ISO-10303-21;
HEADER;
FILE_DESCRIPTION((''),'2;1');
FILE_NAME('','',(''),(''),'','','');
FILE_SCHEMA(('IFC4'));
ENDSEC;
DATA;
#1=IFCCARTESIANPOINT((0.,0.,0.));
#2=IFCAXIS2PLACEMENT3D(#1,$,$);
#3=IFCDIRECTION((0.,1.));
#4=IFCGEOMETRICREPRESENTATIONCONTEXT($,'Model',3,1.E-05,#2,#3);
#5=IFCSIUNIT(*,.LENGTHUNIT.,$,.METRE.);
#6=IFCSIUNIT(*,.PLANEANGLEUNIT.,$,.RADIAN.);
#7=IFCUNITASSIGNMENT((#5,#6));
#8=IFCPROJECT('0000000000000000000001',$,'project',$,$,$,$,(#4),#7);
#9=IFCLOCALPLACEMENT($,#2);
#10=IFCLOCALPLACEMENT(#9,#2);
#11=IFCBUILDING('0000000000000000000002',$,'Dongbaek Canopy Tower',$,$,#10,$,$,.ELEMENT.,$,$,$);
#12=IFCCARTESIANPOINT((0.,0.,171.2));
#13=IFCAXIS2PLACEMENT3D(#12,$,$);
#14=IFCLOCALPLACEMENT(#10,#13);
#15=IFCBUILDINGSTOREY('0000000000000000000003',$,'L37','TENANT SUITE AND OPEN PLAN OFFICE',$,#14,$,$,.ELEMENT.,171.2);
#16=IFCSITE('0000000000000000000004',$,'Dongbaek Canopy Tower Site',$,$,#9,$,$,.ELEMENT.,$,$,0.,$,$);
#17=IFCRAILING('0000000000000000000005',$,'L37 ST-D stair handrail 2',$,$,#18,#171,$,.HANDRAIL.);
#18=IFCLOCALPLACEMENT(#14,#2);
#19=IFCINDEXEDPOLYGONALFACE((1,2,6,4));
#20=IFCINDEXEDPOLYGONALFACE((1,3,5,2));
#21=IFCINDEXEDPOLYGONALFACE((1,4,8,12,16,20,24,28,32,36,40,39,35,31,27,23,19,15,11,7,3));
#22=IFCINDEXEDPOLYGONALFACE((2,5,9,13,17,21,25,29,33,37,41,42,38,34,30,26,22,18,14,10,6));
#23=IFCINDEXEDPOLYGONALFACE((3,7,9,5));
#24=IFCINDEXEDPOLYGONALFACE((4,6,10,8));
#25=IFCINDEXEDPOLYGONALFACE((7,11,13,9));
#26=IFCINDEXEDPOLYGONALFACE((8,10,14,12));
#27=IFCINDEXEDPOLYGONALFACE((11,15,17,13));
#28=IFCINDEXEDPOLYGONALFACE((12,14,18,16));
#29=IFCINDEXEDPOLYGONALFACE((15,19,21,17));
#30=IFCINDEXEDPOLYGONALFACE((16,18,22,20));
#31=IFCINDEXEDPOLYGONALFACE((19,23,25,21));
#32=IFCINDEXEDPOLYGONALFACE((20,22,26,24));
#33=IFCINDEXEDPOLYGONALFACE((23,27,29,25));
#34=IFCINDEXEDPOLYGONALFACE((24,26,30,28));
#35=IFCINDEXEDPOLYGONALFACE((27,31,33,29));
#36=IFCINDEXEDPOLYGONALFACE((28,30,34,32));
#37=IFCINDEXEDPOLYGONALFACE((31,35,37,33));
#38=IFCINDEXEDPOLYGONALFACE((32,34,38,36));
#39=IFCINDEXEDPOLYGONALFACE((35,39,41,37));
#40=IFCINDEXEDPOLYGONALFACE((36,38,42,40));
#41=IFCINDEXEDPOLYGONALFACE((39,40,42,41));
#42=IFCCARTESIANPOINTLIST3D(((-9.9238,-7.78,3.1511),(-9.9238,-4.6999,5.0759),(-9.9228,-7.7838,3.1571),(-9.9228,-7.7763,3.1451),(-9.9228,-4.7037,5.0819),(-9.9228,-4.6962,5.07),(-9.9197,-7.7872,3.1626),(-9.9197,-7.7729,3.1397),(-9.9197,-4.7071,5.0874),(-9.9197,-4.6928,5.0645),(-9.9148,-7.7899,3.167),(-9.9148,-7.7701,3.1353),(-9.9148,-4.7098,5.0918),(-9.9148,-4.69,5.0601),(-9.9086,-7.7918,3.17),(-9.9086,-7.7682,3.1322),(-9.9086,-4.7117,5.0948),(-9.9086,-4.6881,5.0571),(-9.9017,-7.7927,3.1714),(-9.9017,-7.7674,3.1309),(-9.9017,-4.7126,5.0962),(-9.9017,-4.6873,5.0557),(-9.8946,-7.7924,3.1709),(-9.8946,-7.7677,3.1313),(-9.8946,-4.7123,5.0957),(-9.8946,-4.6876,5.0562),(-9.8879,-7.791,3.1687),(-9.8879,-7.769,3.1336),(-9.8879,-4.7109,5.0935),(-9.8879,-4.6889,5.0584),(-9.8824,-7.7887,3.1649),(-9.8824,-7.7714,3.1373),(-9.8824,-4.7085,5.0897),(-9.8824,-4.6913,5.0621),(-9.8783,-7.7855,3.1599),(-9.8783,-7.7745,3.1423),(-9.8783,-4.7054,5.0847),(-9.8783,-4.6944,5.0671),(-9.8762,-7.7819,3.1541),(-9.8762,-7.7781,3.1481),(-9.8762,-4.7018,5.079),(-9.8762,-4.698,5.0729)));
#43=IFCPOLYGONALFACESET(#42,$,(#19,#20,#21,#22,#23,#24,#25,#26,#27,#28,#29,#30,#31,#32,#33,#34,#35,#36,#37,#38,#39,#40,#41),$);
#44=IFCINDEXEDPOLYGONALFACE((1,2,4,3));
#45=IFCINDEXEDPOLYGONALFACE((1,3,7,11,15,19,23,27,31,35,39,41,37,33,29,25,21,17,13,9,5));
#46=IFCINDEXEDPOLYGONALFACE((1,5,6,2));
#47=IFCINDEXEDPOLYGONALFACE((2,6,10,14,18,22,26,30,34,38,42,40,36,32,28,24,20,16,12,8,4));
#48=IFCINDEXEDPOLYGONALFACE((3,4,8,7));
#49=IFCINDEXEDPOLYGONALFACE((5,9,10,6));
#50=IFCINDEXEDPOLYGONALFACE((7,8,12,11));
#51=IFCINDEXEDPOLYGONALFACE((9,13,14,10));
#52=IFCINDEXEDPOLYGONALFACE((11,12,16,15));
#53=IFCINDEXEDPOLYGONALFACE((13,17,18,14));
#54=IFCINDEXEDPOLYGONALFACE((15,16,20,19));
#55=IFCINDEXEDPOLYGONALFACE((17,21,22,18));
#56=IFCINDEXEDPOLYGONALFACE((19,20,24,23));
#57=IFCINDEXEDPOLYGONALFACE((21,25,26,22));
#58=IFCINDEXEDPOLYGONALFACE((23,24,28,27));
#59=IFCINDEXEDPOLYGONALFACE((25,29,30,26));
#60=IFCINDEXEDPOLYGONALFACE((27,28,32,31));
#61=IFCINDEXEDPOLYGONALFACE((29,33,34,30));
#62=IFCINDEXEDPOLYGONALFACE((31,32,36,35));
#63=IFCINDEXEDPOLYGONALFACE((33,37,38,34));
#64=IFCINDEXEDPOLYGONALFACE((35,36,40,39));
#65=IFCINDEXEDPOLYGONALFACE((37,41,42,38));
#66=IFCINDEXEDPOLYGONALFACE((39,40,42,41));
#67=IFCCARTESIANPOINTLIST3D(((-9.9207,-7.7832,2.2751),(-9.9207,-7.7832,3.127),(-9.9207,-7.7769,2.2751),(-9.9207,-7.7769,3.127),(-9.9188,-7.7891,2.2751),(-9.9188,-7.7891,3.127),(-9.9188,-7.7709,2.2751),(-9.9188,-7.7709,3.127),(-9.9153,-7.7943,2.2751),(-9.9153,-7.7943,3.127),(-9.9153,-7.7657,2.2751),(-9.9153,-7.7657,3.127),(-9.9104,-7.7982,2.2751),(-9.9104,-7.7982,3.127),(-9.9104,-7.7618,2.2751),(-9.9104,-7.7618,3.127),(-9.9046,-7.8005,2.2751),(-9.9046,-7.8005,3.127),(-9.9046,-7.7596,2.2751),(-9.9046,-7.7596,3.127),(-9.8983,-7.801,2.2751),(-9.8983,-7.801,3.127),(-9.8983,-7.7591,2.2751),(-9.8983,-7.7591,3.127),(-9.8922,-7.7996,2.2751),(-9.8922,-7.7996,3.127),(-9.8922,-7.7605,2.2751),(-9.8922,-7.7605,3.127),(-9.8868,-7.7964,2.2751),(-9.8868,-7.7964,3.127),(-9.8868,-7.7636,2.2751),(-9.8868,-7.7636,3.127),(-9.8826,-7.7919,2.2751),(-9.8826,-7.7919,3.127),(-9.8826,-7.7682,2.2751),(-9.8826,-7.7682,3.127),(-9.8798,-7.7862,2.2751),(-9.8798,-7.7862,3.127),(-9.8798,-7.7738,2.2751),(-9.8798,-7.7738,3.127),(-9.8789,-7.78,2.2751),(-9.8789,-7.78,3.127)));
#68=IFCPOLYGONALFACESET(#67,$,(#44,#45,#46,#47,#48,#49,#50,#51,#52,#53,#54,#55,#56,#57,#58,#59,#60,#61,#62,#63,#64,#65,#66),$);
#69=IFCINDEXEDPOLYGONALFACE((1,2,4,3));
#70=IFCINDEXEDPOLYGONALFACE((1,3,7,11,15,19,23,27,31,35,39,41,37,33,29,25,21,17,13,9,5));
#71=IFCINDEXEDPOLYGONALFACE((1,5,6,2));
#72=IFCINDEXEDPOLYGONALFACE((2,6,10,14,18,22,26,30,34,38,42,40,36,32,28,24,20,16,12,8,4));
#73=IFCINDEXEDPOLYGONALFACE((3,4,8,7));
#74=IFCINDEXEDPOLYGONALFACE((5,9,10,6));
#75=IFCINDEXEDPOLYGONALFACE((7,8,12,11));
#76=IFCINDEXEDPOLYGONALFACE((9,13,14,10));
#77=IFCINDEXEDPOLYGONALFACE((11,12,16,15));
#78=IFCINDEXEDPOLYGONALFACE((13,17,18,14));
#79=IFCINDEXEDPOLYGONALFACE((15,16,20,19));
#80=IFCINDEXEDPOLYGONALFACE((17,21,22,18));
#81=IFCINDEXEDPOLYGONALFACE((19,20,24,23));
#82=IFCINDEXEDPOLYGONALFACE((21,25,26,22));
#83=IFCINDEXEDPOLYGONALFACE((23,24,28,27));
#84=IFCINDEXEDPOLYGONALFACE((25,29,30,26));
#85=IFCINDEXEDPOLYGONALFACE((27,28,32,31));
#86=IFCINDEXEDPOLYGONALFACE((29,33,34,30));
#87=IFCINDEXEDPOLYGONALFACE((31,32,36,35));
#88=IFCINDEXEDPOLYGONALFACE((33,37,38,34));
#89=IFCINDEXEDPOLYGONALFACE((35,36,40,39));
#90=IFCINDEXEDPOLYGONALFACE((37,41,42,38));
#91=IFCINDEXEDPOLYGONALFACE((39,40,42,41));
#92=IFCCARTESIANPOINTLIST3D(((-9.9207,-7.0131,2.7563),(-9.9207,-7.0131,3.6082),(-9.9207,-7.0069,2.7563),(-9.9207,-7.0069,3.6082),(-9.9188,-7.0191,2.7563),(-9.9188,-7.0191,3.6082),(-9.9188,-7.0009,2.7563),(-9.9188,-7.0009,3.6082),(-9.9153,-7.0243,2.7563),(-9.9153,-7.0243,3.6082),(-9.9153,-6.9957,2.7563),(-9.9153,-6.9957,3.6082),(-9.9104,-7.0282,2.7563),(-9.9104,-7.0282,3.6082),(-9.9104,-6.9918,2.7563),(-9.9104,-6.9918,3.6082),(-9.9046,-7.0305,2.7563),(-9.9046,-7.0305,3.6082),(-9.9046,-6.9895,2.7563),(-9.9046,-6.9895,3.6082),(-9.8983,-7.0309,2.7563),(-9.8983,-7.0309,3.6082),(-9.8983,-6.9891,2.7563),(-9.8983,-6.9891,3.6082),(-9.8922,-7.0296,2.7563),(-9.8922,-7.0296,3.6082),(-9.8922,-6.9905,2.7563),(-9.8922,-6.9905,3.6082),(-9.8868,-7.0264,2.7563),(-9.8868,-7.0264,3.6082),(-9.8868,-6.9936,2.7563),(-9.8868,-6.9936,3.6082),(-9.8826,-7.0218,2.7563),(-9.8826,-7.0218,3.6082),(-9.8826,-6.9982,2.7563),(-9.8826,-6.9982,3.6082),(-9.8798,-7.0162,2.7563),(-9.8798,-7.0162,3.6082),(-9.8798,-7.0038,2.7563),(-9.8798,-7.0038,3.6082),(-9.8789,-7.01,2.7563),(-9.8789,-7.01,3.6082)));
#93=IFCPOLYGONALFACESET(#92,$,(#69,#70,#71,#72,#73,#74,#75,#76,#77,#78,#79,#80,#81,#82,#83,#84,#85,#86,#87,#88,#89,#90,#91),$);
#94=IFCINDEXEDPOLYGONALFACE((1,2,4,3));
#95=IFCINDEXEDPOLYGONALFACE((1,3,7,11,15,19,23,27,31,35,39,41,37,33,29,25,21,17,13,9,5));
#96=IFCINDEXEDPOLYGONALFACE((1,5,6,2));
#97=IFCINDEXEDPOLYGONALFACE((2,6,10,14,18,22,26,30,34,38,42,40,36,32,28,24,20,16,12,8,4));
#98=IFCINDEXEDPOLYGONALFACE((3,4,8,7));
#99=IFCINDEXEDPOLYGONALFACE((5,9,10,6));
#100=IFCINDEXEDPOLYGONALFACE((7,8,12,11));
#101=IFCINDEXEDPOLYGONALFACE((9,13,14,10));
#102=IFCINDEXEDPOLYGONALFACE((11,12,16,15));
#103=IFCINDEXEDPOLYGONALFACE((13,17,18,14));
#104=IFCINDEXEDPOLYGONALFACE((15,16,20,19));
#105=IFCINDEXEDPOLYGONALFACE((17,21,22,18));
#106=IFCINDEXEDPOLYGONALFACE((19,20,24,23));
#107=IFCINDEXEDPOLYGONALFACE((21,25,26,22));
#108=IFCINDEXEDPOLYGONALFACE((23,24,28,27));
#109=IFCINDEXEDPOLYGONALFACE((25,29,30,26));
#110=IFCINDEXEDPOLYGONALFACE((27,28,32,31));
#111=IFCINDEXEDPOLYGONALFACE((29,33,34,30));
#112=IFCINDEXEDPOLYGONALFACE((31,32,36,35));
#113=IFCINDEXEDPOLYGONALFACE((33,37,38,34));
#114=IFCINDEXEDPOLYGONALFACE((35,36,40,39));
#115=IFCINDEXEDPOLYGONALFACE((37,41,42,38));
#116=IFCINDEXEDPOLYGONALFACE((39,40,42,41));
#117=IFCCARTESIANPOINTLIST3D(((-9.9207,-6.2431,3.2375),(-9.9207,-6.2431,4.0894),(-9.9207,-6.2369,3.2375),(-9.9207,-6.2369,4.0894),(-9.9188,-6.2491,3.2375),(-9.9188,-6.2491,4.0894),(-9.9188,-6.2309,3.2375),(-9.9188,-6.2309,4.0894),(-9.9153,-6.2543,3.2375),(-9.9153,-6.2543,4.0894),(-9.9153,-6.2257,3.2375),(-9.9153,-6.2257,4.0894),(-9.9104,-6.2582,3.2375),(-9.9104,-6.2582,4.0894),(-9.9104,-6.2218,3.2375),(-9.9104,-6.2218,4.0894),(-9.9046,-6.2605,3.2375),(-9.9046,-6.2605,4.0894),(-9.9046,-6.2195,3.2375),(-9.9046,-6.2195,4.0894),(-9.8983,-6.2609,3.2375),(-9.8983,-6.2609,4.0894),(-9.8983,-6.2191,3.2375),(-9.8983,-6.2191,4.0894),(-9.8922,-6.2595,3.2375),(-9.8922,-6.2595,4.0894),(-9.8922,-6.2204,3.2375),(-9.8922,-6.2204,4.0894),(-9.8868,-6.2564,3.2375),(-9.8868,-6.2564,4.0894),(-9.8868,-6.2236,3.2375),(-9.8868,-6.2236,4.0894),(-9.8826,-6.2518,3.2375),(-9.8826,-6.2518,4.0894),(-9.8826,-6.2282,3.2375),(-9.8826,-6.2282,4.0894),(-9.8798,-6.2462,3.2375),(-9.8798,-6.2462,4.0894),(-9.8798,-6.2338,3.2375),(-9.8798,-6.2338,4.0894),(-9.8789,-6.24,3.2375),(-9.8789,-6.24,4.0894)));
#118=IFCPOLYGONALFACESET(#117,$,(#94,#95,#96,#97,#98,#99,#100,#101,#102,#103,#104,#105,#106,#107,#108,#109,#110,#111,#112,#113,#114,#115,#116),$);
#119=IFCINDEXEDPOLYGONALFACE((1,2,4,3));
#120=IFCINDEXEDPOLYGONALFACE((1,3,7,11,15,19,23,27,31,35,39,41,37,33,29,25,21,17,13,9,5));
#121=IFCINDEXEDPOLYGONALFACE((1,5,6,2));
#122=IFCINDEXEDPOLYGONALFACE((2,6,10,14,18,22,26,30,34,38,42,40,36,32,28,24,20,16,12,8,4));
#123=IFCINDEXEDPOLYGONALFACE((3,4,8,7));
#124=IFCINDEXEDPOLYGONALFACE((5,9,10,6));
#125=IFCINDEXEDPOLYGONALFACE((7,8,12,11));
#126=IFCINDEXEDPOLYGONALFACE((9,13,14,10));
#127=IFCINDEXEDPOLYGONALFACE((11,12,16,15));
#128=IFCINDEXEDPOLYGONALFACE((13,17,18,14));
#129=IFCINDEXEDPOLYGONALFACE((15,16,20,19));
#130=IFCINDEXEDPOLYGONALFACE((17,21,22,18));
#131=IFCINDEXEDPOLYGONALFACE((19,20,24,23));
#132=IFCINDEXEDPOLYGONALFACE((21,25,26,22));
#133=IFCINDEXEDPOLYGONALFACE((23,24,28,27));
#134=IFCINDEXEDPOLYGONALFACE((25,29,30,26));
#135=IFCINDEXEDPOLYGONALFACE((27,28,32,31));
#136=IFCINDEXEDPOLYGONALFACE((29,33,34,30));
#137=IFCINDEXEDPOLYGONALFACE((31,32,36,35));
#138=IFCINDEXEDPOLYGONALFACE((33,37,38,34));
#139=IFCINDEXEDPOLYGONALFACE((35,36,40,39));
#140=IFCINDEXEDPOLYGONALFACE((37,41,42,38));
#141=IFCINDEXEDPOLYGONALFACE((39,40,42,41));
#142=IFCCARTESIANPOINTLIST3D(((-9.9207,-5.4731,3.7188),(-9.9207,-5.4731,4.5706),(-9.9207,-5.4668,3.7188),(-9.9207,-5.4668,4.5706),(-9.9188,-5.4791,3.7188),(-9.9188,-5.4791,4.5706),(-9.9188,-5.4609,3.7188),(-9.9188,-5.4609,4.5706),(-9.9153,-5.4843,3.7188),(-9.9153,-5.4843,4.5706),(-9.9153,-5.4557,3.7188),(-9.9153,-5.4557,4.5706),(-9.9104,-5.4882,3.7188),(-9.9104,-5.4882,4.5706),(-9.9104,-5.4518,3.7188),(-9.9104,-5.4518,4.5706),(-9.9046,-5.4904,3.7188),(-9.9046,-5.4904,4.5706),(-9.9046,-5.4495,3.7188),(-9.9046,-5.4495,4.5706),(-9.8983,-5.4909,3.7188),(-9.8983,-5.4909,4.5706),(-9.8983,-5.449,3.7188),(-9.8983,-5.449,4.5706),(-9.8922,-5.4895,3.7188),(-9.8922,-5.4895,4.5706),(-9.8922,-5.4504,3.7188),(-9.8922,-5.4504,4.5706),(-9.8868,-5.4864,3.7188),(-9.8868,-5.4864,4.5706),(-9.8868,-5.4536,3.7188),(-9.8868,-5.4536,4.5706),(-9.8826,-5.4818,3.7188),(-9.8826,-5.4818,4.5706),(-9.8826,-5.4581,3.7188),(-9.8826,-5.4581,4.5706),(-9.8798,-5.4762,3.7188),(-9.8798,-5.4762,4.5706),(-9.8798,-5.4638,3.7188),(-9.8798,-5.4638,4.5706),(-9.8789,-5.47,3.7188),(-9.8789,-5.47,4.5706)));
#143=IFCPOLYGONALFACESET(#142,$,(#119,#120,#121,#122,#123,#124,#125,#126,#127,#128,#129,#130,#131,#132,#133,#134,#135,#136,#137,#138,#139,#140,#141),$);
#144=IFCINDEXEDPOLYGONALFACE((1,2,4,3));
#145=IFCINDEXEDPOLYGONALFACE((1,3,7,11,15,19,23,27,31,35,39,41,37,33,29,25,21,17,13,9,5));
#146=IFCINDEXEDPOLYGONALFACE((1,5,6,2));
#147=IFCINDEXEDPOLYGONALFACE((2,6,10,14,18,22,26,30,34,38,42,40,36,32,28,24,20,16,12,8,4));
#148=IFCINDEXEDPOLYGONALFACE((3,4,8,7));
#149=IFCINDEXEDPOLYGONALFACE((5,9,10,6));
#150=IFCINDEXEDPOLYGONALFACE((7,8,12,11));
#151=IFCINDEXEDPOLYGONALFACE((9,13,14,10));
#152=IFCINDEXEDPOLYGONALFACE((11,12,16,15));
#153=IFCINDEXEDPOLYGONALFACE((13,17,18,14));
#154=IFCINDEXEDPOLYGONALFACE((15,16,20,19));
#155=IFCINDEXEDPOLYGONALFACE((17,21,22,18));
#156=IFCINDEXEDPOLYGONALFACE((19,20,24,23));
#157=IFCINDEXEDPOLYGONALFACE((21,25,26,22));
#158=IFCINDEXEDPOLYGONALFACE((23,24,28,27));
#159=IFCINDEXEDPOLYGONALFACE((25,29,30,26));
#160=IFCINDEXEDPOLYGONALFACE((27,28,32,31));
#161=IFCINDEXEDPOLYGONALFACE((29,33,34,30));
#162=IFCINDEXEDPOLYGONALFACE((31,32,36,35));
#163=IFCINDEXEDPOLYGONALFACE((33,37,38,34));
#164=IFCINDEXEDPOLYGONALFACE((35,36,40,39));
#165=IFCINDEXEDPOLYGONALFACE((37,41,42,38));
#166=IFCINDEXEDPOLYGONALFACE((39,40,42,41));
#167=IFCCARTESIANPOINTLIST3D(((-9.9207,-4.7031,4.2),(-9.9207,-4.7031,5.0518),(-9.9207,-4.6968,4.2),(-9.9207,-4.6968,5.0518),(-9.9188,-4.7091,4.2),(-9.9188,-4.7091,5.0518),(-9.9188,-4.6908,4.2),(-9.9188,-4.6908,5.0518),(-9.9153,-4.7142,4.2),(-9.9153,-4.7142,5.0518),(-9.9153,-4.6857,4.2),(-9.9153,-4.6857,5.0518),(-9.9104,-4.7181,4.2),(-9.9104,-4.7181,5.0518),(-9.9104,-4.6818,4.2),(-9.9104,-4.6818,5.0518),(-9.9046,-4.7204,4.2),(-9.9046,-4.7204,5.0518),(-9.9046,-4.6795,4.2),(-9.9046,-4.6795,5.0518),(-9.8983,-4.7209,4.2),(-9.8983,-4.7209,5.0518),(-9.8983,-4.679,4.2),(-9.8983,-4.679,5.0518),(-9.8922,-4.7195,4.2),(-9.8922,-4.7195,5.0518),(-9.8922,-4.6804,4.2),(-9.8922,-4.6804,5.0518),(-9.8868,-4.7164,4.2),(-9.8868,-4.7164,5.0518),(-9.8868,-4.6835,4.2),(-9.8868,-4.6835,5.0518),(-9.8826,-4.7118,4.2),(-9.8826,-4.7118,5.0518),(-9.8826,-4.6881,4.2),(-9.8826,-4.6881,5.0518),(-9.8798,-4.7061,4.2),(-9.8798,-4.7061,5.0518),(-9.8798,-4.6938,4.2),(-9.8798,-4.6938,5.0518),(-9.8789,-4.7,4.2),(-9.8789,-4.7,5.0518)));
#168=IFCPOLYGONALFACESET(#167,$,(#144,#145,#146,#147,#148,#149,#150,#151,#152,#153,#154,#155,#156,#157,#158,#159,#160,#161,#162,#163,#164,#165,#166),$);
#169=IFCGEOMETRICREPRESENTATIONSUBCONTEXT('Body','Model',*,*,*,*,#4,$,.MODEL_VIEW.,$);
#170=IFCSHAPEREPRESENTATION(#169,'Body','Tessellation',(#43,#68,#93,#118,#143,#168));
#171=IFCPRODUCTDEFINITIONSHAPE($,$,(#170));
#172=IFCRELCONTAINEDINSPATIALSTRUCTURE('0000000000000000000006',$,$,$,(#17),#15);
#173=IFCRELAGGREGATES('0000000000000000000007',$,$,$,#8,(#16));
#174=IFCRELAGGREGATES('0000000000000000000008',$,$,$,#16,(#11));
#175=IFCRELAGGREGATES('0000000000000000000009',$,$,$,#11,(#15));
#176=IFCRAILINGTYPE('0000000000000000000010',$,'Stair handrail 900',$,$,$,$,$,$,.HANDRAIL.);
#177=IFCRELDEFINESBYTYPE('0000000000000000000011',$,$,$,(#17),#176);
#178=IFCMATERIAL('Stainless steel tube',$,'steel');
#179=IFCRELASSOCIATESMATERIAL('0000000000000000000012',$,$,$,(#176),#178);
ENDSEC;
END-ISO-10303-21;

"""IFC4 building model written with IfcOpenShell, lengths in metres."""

from ifc_helpers import new_model, si_unit, direction, frame, origin, origin_2d, place, context, subcontext, project, spatial, circle, extrude, material, type_object, element, save


model = new_model("IFC4")

# Units and contexts
model_context = context("Model", 3, precision=1e-05, world=origin(), true_north=direction((0.0, 1.0)))
body_context = subcontext(model_context, "Body", "Model", "MODEL_VIEW")
ifc_project = project(units=[si_unit("LENGTHUNIT", "METRE"), si_unit("PLANEANGLEUNIT", "RADIAN")], contexts=[model_context])

# Site, building, storey
site_placement = place(None, origin())
site = spatial("IfcSite", under=ifc_project, at=site_placement, Name="Dongbaek Canopy Tower Site", CompositionType="ELEMENT", RefElevation=0.0)
building_placement = place(site_placement, origin())
building = spatial("IfcBuilding", under=site, at=building_placement, Name="Dongbaek Canopy Tower", CompositionType="ELEMENT")
storey_placement = place(building_placement, frame((0.0, 0.0, 171.2)))
storey = spatial("IfcBuildingStorey", under=building, at=storey_placement, Name="L37", Description="TENANT SUITE AND OPEN PLAN OFFICE", CompositionType="ELEMENT", Elevation=171.2)

# Railing
ifc_material_1 = material(Name="Stainless steel tube", Category="steel")
railing_type_1 = type_object("IfcRailingType", Name="Stair handrail 900", PredefinedType="HANDRAIL", material=ifc_material_1)
railing_1_placement = place(storey_placement, frame((-9.8999, -7.78, 2.2751)))
element("IfcRailing", 1, at=railing_1_placement, inside=storey, type_object=railing_type_1, Name="L37 ST-D stair handrail 2", PredefinedType="HANDRAIL", context=body_context, shape_type="SweptSolid", body=[
    extrude(circle(Radius=0.0239, at=origin_2d()), frame((0.0, 0.0, 0.876), z_axis=(0.0, 0.848029, 0.529951), x_axis=(-1.0, 0.0, 0.0)), (0.0, 0.0, 1.0), 3.6321),
    extrude(circle(Radius=0.021, at=origin_2d()), origin(), (0.0, 0.0, 1.0), 0.8518),
    extrude(circle(Radius=0.021, at=origin_2d()), frame((0.0, 0.77, 0.4812)), (0.0, 0.0, 1.0), 0.8518),
    extrude(circle(Radius=0.021, at=origin_2d()), frame((0.0, 1.54, 0.9624)), (0.0, 0.0, 1.0), 0.8518),
    extrude(circle(Radius=0.021, at=origin_2d()), frame((0.0, 2.3101, 1.4436)), (0.0, 0.0, 1.0), 0.8518),
    extrude(circle(Radius=0.021, at=origin_2d()), frame((0.0, 3.0801, 1.9248)), (0.0, 0.0, 1.0), 0.8518),
])

save(model, "model.ifc")
